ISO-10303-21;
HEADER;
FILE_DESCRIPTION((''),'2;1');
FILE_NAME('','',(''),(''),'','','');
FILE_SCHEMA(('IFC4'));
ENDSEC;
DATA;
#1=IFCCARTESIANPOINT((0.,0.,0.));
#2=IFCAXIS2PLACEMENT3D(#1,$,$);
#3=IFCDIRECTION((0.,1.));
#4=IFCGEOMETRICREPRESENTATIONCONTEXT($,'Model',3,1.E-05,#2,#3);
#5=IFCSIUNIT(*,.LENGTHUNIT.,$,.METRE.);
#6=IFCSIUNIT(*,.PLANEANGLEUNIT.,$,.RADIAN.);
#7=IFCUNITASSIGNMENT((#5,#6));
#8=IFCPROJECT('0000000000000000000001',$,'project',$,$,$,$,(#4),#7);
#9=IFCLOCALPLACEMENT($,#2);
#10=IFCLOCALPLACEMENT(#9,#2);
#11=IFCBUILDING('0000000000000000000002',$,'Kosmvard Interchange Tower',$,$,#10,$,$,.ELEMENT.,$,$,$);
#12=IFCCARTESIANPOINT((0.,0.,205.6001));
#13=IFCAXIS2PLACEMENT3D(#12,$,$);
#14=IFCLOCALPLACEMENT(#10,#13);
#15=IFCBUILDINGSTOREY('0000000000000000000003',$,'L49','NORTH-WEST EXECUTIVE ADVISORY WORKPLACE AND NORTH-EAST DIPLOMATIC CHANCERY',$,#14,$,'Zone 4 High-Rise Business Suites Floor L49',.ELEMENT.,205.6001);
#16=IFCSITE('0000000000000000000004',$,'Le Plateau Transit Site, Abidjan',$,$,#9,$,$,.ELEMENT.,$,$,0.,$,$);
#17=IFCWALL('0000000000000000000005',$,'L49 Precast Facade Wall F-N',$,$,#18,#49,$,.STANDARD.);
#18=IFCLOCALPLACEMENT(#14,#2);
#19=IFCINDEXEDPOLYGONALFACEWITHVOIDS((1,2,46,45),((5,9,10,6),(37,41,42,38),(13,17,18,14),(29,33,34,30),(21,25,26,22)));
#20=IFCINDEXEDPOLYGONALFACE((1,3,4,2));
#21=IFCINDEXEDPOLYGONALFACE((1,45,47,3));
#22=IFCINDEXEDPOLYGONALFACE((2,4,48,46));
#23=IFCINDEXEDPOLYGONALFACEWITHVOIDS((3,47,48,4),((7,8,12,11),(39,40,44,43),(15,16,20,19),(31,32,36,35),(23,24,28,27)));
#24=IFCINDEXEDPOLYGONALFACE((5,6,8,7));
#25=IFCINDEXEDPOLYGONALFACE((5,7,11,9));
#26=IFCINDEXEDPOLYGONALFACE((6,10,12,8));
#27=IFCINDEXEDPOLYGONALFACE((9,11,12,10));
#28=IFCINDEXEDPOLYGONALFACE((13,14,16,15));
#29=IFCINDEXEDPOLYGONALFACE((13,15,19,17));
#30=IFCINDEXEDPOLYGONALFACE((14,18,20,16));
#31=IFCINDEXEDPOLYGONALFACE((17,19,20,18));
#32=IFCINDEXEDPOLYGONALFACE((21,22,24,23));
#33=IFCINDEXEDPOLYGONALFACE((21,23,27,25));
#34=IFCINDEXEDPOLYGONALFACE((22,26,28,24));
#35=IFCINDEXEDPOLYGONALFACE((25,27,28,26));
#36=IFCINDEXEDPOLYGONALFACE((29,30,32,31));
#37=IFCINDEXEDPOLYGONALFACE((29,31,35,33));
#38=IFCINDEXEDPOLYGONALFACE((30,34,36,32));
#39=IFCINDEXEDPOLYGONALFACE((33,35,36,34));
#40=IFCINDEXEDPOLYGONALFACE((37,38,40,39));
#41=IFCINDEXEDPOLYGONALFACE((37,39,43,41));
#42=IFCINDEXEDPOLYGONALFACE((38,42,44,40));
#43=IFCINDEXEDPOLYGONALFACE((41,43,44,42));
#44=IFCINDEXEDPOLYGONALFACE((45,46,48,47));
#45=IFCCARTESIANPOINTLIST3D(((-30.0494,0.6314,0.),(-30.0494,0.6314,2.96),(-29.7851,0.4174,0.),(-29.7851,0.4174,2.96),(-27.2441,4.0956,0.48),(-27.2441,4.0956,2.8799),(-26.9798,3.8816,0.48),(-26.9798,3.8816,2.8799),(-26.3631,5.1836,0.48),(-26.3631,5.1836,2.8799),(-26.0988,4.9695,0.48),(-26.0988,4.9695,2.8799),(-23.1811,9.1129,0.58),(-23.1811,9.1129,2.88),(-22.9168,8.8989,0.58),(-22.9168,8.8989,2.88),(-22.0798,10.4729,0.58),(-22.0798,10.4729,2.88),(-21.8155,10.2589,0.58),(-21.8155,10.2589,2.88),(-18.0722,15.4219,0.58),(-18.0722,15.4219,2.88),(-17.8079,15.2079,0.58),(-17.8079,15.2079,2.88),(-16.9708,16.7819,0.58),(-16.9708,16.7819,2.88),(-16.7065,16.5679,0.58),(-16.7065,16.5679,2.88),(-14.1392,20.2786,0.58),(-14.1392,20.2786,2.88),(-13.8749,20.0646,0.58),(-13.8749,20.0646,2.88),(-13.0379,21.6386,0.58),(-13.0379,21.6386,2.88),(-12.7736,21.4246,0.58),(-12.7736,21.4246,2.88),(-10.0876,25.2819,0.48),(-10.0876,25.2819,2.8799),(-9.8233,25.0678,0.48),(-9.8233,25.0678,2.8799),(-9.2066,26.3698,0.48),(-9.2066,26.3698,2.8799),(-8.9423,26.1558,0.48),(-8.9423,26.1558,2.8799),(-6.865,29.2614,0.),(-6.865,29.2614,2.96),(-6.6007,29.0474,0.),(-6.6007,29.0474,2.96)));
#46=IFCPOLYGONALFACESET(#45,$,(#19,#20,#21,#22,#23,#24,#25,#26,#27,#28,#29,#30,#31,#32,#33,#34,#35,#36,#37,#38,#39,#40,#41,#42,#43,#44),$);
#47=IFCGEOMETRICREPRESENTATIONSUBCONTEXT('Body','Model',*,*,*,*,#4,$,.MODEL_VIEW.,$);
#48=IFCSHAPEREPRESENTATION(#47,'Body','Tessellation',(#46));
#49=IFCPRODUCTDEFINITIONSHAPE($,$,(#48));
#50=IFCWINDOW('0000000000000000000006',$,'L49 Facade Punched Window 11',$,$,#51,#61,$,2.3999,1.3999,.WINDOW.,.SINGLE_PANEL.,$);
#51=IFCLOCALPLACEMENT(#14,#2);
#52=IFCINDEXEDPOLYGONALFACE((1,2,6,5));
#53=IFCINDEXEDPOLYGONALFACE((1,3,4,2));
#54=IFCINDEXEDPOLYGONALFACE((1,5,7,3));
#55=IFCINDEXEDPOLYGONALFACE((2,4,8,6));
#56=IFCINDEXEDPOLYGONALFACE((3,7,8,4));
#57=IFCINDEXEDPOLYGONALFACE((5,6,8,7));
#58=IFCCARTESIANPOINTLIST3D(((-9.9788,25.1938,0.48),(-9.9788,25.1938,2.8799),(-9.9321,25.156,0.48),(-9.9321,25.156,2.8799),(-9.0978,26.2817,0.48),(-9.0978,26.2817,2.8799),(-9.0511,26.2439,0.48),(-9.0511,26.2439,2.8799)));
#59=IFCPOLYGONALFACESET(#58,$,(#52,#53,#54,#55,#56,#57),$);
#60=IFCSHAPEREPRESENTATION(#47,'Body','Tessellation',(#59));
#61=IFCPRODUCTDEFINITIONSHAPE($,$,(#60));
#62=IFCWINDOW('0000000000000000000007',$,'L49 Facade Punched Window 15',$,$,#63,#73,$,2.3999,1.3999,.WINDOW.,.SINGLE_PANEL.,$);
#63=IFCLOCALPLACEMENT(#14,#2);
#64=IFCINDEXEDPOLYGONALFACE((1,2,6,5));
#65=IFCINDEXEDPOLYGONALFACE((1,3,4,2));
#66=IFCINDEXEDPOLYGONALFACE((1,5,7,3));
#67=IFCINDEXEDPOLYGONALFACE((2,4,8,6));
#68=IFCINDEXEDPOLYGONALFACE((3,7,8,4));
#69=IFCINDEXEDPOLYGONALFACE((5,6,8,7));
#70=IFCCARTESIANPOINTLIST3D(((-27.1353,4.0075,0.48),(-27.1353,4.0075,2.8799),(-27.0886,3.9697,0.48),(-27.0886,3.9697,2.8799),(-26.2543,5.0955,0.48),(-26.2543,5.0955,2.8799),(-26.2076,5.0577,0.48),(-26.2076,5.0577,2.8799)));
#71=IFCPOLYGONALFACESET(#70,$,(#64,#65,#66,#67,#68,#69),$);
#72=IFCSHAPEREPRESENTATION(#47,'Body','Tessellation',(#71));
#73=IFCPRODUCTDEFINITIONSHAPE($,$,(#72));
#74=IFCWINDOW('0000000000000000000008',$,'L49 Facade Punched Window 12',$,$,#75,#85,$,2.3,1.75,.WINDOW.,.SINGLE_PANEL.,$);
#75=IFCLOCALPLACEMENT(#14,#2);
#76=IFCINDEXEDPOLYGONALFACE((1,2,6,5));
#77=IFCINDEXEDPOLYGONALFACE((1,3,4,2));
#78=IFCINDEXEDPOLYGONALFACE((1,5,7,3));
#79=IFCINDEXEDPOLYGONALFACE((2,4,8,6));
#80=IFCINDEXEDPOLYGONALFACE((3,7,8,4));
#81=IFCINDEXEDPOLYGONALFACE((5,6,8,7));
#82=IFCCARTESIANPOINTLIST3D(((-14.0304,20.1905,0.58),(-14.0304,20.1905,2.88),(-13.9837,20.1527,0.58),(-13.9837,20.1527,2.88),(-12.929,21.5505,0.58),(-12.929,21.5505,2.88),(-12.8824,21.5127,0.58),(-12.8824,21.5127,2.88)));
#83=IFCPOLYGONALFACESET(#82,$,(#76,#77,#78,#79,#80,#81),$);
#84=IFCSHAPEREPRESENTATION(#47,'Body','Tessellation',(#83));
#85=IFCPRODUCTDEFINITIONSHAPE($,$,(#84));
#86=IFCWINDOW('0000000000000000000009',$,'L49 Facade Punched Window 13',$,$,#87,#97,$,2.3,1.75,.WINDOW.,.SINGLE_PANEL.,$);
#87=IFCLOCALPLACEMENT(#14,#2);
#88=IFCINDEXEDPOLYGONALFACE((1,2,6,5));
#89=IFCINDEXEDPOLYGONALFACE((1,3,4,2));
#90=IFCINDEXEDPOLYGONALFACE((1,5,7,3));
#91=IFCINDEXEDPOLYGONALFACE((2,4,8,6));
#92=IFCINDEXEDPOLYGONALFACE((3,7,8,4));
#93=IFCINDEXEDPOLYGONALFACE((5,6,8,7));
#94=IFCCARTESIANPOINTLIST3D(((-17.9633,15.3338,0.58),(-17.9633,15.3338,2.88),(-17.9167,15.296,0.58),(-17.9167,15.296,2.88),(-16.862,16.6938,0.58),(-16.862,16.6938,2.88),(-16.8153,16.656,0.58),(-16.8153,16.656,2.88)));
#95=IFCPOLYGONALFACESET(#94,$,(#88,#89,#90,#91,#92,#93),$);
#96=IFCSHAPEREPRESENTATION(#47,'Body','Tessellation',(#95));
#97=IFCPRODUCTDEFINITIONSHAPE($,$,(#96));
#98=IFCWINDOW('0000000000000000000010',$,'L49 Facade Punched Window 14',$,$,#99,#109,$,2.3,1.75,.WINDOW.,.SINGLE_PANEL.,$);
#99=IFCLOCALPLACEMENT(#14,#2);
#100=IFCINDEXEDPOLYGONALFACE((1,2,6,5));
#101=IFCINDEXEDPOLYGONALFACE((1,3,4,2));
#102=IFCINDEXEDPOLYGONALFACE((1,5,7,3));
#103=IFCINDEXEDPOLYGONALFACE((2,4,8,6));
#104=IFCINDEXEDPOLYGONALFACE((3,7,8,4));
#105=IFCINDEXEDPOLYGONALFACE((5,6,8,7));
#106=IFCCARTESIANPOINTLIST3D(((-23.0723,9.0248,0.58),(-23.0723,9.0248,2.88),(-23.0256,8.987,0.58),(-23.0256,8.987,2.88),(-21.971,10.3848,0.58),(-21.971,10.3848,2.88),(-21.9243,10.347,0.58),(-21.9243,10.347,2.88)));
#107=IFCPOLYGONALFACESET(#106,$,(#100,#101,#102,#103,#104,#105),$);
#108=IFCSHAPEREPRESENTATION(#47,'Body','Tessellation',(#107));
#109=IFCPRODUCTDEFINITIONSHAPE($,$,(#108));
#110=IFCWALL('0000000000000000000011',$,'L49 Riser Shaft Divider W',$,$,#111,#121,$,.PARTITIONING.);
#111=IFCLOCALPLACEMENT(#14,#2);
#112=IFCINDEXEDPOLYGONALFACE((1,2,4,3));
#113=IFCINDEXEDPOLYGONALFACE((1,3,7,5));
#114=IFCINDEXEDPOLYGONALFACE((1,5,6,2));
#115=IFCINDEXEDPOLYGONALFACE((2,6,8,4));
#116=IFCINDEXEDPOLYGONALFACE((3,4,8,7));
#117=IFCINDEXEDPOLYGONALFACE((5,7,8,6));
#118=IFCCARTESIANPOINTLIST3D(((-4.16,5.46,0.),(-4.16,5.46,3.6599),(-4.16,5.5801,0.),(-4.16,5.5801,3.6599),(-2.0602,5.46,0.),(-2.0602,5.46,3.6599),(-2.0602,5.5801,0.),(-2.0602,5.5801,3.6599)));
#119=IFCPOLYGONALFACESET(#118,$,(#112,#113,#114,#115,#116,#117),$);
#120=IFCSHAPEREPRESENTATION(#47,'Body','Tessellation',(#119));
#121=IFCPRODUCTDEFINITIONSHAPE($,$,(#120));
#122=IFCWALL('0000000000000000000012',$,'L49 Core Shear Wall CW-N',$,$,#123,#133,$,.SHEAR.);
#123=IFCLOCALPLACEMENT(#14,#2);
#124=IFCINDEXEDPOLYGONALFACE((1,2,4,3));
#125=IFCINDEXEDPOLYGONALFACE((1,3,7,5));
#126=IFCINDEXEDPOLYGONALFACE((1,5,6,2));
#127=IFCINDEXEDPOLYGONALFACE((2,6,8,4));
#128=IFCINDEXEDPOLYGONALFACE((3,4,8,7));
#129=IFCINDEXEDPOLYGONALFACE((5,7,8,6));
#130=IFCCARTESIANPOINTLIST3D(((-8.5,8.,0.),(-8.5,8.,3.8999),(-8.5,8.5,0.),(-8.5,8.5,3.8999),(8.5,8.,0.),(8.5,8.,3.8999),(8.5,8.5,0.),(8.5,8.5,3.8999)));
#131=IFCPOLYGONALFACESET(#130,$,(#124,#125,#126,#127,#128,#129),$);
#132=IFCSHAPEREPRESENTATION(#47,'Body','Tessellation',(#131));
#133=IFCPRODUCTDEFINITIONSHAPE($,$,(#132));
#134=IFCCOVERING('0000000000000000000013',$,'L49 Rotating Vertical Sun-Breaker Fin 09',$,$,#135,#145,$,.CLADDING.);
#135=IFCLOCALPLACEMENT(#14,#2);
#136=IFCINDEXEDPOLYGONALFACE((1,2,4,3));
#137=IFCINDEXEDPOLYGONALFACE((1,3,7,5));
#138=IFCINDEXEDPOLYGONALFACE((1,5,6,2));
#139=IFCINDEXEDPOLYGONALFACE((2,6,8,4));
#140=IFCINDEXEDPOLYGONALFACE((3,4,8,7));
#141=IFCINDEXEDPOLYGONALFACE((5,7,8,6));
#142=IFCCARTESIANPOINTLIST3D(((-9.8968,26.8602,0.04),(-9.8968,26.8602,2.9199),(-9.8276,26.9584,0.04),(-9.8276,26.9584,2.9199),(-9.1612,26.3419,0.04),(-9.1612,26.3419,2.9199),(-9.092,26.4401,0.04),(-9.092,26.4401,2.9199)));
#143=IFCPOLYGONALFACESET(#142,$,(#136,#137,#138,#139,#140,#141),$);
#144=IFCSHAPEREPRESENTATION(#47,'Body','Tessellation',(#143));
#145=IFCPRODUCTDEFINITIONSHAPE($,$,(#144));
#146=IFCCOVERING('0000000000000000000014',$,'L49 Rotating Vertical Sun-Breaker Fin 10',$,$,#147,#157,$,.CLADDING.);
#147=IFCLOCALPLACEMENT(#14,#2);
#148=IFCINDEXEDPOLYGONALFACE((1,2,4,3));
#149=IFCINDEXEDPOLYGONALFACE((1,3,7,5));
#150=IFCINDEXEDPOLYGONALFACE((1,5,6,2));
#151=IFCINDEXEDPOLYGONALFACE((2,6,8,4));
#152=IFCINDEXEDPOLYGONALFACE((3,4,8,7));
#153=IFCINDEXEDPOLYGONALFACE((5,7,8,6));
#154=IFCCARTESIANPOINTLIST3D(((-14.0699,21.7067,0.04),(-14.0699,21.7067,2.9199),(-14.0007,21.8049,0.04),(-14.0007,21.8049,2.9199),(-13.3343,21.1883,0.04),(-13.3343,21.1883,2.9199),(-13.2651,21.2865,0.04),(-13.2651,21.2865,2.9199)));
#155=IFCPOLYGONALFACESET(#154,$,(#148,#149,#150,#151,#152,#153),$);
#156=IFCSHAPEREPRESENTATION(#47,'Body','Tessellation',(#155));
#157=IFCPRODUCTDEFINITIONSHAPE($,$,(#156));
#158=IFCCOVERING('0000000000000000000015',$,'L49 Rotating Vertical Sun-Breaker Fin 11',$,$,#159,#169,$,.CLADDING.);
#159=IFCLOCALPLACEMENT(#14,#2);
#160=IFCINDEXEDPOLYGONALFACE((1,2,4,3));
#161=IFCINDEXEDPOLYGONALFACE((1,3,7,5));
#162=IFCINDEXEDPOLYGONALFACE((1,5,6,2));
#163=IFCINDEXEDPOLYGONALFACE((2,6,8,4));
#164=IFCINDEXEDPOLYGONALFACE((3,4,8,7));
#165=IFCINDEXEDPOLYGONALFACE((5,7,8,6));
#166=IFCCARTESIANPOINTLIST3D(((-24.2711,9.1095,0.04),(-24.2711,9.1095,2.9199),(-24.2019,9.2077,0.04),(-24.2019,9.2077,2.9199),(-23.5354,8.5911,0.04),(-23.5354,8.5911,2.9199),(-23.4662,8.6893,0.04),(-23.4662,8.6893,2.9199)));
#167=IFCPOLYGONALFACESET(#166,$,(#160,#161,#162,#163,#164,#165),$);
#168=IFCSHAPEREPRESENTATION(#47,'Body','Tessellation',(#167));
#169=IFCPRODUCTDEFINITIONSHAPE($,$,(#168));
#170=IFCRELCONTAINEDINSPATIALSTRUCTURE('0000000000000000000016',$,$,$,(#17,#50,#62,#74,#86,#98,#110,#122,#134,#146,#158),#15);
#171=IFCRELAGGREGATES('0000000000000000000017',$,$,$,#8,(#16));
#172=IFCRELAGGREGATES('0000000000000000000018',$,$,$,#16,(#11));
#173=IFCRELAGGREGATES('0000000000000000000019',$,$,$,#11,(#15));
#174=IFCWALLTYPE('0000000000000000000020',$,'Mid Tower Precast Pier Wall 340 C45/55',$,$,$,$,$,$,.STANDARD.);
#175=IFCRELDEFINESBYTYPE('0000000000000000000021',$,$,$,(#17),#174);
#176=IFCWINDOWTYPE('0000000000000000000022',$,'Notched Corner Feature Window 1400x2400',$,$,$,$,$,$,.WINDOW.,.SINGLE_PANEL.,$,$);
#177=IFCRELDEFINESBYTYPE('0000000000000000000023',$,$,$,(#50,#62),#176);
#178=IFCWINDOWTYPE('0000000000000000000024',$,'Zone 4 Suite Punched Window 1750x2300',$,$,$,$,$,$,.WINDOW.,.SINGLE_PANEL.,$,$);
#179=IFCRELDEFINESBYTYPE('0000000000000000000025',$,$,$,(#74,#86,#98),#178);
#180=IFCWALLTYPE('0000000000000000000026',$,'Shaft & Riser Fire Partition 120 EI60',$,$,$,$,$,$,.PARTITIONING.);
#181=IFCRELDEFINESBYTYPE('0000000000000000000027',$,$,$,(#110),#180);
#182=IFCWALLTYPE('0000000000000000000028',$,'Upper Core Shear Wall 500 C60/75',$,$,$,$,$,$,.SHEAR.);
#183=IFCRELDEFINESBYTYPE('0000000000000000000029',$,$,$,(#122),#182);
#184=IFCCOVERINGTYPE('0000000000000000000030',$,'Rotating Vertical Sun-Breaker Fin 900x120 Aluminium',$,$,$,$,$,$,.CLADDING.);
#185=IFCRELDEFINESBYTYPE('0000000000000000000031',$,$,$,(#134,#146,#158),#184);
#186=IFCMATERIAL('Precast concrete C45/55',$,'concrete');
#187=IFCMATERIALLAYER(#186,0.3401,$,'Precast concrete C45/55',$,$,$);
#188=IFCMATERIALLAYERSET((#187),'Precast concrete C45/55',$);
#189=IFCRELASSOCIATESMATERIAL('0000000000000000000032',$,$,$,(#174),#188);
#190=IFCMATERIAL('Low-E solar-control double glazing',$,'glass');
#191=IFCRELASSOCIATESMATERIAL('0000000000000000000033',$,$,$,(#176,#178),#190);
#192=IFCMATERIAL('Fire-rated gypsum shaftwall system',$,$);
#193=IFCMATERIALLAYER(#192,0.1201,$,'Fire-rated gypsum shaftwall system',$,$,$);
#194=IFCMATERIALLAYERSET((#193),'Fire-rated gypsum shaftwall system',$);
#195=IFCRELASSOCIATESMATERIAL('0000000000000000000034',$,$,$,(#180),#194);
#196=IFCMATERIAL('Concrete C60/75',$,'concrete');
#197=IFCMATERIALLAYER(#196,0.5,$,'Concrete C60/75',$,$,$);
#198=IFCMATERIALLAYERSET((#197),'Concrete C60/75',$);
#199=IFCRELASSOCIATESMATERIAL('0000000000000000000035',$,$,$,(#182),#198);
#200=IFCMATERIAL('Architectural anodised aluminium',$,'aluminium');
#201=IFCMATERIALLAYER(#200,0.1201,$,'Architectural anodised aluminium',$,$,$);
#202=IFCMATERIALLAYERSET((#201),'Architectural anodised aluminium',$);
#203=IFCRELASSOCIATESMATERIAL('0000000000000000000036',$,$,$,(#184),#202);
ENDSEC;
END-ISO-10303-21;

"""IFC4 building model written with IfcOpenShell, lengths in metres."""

from ifc_helpers import new_model, si_unit, direction, frame, frame_2d, origin, origin_2d, place, context, subcontext, project, spatial, rectangle, extrude, source, transform, mapped, material, layer, layer_set, type_object, element, fill, save


model = new_model("IFC4")

# Units and contexts
model_context = context("Model", 3, precision=1e-05, world=origin(), true_north=direction((0.0, 1.0)))
body_context = subcontext(model_context, "Body", "Model", "MODEL_VIEW")
ifc_project = project(units=[si_unit("LENGTHUNIT", "METRE"), si_unit("PLANEANGLEUNIT", "RADIAN")], contexts=[model_context])

# Site, building, storey
site_placement = place(None, origin())
site = spatial("IfcSite", under=ifc_project, at=site_placement, Name="Le Plateau Transit Site, Abidjan", CompositionType="ELEMENT", RefElevation=0.0)
building_placement = place(site_placement, origin())
building = spatial("IfcBuilding", under=site, at=building_placement, Name="Kosmvard Interchange Tower", CompositionType="ELEMENT")
storey_placement = place(building_placement, frame((0.0, 0.0, 205.6001)))
storey = spatial("IfcBuildingStorey", under=building, at=storey_placement, Name="L49", Description="NORTH-WEST EXECUTIVE ADVISORY WORKPLACE AND NORTH-EAST DIPLOMATIC CHANCERY", LongName="Zone 4 High-Rise Business Suites Floor L49", CompositionType="ELEMENT", Elevation=205.6001)

# Shared definitions
ifc_material_1 = material(Name="Concrete C60/75", Category="concrete")

# Shared definitions
ifc_material_2 = material(Name="Precast concrete C45/55", Category="concrete")
ifc_layer_1 = layer(ifc_material_2, 0.3401, Name="Precast concrete C45/55")
ifc_layer_set_1 = layer_set([ifc_layer_1], Name="Precast concrete C45/55")
wall_type_1 = type_object("IfcWallType", Name="Mid Tower Precast Pier Wall 340 C45/55", PredefinedType="STANDARD", material=ifc_layer_set_1)
ifc_material_3 = material(Name="Low-E solar-control double glazing", Category="glass")
window_type_1 = type_object("IfcWindowType", Name="Notched Corner Feature Window 1400x2400", PartitioningType="SINGLE_PANEL", PredefinedType="WINDOW", material=ifc_material_3)
shared_shape_1 = source(origin(), body_context, "Body", "SweptSolid", [
    extrude(rectangle(XDim=1.3999, YDim=2.3999, at=frame_2d((0.7, 1.2))), frame((0.0, 0.03, 0.0), z_axis=(0.0, -1.0, 0.0), x_axis=(1.0, 0.0, 0.0)), (0.0, 0.0, 1.0), 0.0601),
])

# Wall, openings, windows
wall_1_placement = place(storey_placement, frame((-6.7329, 29.1543, 0.0), z_axis=(0.0, 0.0, 1.0), x_axis=(-0.629325, -0.777142, 0.0)))
wall_1 = element("IfcWall", 1, at=wall_1_placement, inside=storey, type_object=wall_type_1, Name="L49 Precast Facade Wall F-N", PredefinedType="STANDARD", context=body_context, shape_type="SweptSolid", body=[
    extrude(rectangle(XDim=36.8401, YDim=0.3401, at=frame_2d((18.4199, 0.0))), origin(), (0.0, 0.0, 1.0), 2.96),
])
opening_1_placement = place(wall_1_placement, frame((3.7207, 0.0, 0.48)))
opening_1 = element("IfcOpeningElement", 2, at=opening_1_placement, cuts=wall_1, PredefinedType="OPENING", context=body_context, shape_type="SweptSolid", body=[
    extrude(rectangle(XDim=1.3999, YDim=2.3999, at=frame_2d((0.7, 1.2))), frame((0.0, 0.1802, 0.0), z_axis=(0.0, -1.0, 0.0), x_axis=(1.0, 0.0, 0.0)), (0.0, 0.0, 1.0), 0.3601),
])
opening_2_placement = place(wall_1_placement, frame((9.8086, 0.0, 0.5801)))
opening_2 = element("IfcOpeningElement", 3, at=opening_2_placement, cuts=wall_1, PredefinedType="OPENING", context=body_context, shape_type="SweptSolid", body=[
    extrude(rectangle(XDim=1.75, YDim=2.3, at=frame_2d((0.875, 1.1499))), frame((0.0, 0.1802, 0.0), z_axis=(0.0, -1.0, 0.0), x_axis=(1.0, 0.0, 0.0)), (0.0, 0.0, 1.0), 0.3601),
])
opening_3_placement = place(wall_1_placement, frame((16.0581, 0.0, 0.5801)))
opening_3 = element("IfcOpeningElement", 4, at=opening_3_placement, cuts=wall_1, PredefinedType="OPENING", context=body_context, shape_type="SweptSolid", body=[
    extrude(rectangle(XDim=1.75, YDim=2.3, at=frame_2d((0.875, 1.1499))), frame((0.0, 0.1802, 0.0), z_axis=(0.0, -1.0, 0.0), x_axis=(1.0, 0.0, 0.0)), (0.0, 0.0, 1.0), 0.3601),
])
opening_4_placement = place(wall_1_placement, frame((24.1763, 0.0, 0.5801)))
opening_4 = element("IfcOpeningElement", 5, at=opening_4_placement, cuts=wall_1, PredefinedType="OPENING", context=body_context, shape_type="SweptSolid", body=[
    extrude(rectangle(XDim=1.75, YDim=2.3, at=frame_2d((0.875, 1.1499))), frame((0.0, 0.1802, 0.0), z_axis=(0.0, -1.0, 0.0), x_axis=(1.0, 0.0, 0.0)), (0.0, 0.0, 1.0), 0.3601),
])
opening_5_placement = place(wall_1_placement, frame((30.9824, 0.0, 0.48)))
opening_5 = element("IfcOpeningElement", 6, at=opening_5_placement, cuts=wall_1, PredefinedType="OPENING", context=body_context, shape_type="SweptSolid", body=[
    extrude(rectangle(XDim=1.3999, YDim=2.3999, at=frame_2d((0.7, 1.2))), frame((0.0, 0.1802, 0.0), z_axis=(0.0, -1.0, 0.0), x_axis=(1.0, 0.0, 0.0)), (0.0, 0.0, 1.0), 0.3601),
])
window_1_placement = place(opening_1_placement, origin())
window_1 = element("IfcWindow", 7, at=window_1_placement, inside=storey, type_object=window_type_1, Name="L49 Facade Punched Window 11", OverallHeight=2.3999, OverallWidth=1.3999, PartitioningType="SINGLE_PANEL", PredefinedType="WINDOW", context=body_context, shape_type="MappedRepresentation", body=[
    mapped(shared_shape_1, transform((0.0, 0.0, 0.0), scale=1.0)),
])
fill(opening_1, window_1)
window_2_placement = place(opening_5_placement, origin())
window_2 = element("IfcWindow", 8, at=window_2_placement, inside=storey, type_object=window_type_1, Name="L49 Facade Punched Window 15", OverallHeight=2.3999, OverallWidth=1.3999, PartitioningType="SINGLE_PANEL", PredefinedType="WINDOW", context=body_context, shape_type="MappedRepresentation", body=[
    mapped(shared_shape_1, transform((0.0, 0.0, 0.0), scale=1.0)),
])
fill(opening_5, window_2)
window_type_2 = type_object("IfcWindowType", Name="Zone 4 Suite Punched Window 1750x2300", PartitioningType="SINGLE_PANEL", PredefinedType="WINDOW", material=ifc_material_3)
shared_shape_2 = source(origin(), body_context, "Body", "SweptSolid", [
    extrude(rectangle(XDim=1.75, YDim=2.3, at=frame_2d((0.875, 1.1499))), frame((0.0, 0.03, 0.0), z_axis=(0.0, -1.0, 0.0), x_axis=(1.0, 0.0, 0.0)), (0.0, 0.0, 1.0), 0.0601),
])
window_3_placement = place(opening_2_placement, origin())
window_3 = element("IfcWindow", 9, at=window_3_placement, inside=storey, type_object=window_type_2, Name="L49 Facade Punched Window 12", OverallHeight=2.3, OverallWidth=1.75, PartitioningType="SINGLE_PANEL", PredefinedType="WINDOW", context=body_context, shape_type="MappedRepresentation", body=[
    mapped(shared_shape_2, transform((0.0, 0.0, 0.0), scale=1.0)),
])
fill(opening_2, window_3)
window_4_placement = place(opening_3_placement, origin())
window_4 = element("IfcWindow", 10, at=window_4_placement, inside=storey, type_object=window_type_2, Name="L49 Facade Punched Window 13", OverallHeight=2.3, OverallWidth=1.75, PartitioningType="SINGLE_PANEL", PredefinedType="WINDOW", context=body_context, shape_type="MappedRepresentation", body=[
    mapped(shared_shape_2, transform((0.0, 0.0, 0.0), scale=1.0)),
])
fill(opening_3, window_4)
window_5_placement = place(opening_4_placement, origin())
window_5 = element("IfcWindow", 11, at=window_5_placement, inside=storey, type_object=window_type_2, Name="L49 Facade Punched Window 14", OverallHeight=2.3, OverallWidth=1.75, PartitioningType="SINGLE_PANEL", PredefinedType="WINDOW", context=body_context, shape_type="MappedRepresentation", body=[
    mapped(shared_shape_2, transform((0.0, 0.0, 0.0), scale=1.0)),
])
fill(opening_4, window_5)

# Walls
ifc_material_4 = material(Name="Fire-rated gypsum shaftwall system")
ifc_layer_2 = layer(ifc_material_4, 0.1201, Name="Fire-rated gypsum shaftwall system")
ifc_layer_set_2 = layer_set([ifc_layer_2], Name="Fire-rated gypsum shaftwall system")
wall_type_2 = type_object("IfcWallType", Name="Shaft & Riser Fire Partition 120 EI60", PredefinedType="PARTITIONING", material=ifc_layer_set_2)
wall_2_placement = place(storey_placement, frame((-4.1599, 5.52, 0.0), z_axis=(0.0, 0.0, 1.0), x_axis=(1.0, 0.0, 0.0)))
element("IfcWall", 12, at=wall_2_placement, inside=storey, type_object=wall_type_2, Name="L49 Riser Shaft Divider W", PredefinedType="PARTITIONING", context=body_context, shape_type="SweptSolid", body=[
    extrude(rectangle(XDim=2.0999, YDim=0.1201, at=frame_2d((1.0498, 0.0))), origin(), (0.0, 0.0, 1.0), 3.6599),
])
ifc_layer_3 = layer(ifc_material_1, 0.5, Name="Concrete C60/75")
ifc_layer_set_3 = layer_set([ifc_layer_3], Name="Concrete C60/75")
wall_type_3 = type_object("IfcWallType", Name="Upper Core Shear Wall 500 C60/75", PredefinedType="SHEAR", material=ifc_layer_set_3)
wall_3_placement = place(storey_placement, frame((-8.5, 8.25, 0.0), z_axis=(0.0, 0.0, 1.0), x_axis=(1.0, 0.0, 0.0)))
element("IfcWall", 13, at=wall_3_placement, inside=storey, type_object=wall_type_3, Name="L49 Core Shear Wall CW-N", PredefinedType="SHEAR", context=body_context, shape_type="SweptSolid", body=[
    extrude(rectangle(XDim=17.0, YDim=0.5, at=frame_2d((8.5, 0.0))), origin(), (0.0, 0.0, 1.0), 3.8999),
])

# Coverings
ifc_material_5 = material(Name="Architectural anodised aluminium", Category="aluminium")
ifc_layer_4 = layer(ifc_material_5, 0.1201, Name="Architectural anodised aluminium")
ifc_layer_set_4 = layer_set([ifc_layer_4], Name="Architectural anodised aluminium")
covering_type = type_object("IfcCoveringType", Name="Rotating Vertical Sun-Breaker Fin 900x120 Aluminium", PredefinedType="CLADDING", material=ifc_layer_set_4)
shared_shape_3 = source(origin(), body_context, "Body", "SweptSolid", [
    extrude(rectangle(XDim=0.8999, YDim=0.1201, at=origin_2d()), origin(), (0.0, 0.0, 1.0), 2.8799),
])
for number, where, z_axis, x_axis, name in (
    (14, (-9.4944, 26.6501, 0.04), (0.0, 0.0, 1.0), (-0.817447, 0.576004, 0.0), "L49 Rotating Vertical Sun-Breaker Fin 09"),
    (15, (-13.6675, 21.4966, 0.04), (0.0, 0.0, 1.0), (-0.817447, 0.576004, 0.0), "L49 Rotating Vertical Sun-Breaker Fin 10"),
    (16, (-23.8687, 8.8994, 0.04), (0.0, 0.0, 1.0), (-0.817447, 0.576004, 0.0), "L49 Rotating Vertical Sun-Breaker Fin 11"),
):
    element("IfcCovering", number, at=place(storey_placement, frame(where, z_axis=z_axis, x_axis=x_axis)), inside=storey, type_object=covering_type, Name=name, PredefinedType="CLADDING", context=body_context, shape_type="MappedRepresentation", body=[
        mapped(shared_shape_3, transform((0.0, 0.0, 0.0), scale=1.0)),
    ])

save(model, "model.ifc")
